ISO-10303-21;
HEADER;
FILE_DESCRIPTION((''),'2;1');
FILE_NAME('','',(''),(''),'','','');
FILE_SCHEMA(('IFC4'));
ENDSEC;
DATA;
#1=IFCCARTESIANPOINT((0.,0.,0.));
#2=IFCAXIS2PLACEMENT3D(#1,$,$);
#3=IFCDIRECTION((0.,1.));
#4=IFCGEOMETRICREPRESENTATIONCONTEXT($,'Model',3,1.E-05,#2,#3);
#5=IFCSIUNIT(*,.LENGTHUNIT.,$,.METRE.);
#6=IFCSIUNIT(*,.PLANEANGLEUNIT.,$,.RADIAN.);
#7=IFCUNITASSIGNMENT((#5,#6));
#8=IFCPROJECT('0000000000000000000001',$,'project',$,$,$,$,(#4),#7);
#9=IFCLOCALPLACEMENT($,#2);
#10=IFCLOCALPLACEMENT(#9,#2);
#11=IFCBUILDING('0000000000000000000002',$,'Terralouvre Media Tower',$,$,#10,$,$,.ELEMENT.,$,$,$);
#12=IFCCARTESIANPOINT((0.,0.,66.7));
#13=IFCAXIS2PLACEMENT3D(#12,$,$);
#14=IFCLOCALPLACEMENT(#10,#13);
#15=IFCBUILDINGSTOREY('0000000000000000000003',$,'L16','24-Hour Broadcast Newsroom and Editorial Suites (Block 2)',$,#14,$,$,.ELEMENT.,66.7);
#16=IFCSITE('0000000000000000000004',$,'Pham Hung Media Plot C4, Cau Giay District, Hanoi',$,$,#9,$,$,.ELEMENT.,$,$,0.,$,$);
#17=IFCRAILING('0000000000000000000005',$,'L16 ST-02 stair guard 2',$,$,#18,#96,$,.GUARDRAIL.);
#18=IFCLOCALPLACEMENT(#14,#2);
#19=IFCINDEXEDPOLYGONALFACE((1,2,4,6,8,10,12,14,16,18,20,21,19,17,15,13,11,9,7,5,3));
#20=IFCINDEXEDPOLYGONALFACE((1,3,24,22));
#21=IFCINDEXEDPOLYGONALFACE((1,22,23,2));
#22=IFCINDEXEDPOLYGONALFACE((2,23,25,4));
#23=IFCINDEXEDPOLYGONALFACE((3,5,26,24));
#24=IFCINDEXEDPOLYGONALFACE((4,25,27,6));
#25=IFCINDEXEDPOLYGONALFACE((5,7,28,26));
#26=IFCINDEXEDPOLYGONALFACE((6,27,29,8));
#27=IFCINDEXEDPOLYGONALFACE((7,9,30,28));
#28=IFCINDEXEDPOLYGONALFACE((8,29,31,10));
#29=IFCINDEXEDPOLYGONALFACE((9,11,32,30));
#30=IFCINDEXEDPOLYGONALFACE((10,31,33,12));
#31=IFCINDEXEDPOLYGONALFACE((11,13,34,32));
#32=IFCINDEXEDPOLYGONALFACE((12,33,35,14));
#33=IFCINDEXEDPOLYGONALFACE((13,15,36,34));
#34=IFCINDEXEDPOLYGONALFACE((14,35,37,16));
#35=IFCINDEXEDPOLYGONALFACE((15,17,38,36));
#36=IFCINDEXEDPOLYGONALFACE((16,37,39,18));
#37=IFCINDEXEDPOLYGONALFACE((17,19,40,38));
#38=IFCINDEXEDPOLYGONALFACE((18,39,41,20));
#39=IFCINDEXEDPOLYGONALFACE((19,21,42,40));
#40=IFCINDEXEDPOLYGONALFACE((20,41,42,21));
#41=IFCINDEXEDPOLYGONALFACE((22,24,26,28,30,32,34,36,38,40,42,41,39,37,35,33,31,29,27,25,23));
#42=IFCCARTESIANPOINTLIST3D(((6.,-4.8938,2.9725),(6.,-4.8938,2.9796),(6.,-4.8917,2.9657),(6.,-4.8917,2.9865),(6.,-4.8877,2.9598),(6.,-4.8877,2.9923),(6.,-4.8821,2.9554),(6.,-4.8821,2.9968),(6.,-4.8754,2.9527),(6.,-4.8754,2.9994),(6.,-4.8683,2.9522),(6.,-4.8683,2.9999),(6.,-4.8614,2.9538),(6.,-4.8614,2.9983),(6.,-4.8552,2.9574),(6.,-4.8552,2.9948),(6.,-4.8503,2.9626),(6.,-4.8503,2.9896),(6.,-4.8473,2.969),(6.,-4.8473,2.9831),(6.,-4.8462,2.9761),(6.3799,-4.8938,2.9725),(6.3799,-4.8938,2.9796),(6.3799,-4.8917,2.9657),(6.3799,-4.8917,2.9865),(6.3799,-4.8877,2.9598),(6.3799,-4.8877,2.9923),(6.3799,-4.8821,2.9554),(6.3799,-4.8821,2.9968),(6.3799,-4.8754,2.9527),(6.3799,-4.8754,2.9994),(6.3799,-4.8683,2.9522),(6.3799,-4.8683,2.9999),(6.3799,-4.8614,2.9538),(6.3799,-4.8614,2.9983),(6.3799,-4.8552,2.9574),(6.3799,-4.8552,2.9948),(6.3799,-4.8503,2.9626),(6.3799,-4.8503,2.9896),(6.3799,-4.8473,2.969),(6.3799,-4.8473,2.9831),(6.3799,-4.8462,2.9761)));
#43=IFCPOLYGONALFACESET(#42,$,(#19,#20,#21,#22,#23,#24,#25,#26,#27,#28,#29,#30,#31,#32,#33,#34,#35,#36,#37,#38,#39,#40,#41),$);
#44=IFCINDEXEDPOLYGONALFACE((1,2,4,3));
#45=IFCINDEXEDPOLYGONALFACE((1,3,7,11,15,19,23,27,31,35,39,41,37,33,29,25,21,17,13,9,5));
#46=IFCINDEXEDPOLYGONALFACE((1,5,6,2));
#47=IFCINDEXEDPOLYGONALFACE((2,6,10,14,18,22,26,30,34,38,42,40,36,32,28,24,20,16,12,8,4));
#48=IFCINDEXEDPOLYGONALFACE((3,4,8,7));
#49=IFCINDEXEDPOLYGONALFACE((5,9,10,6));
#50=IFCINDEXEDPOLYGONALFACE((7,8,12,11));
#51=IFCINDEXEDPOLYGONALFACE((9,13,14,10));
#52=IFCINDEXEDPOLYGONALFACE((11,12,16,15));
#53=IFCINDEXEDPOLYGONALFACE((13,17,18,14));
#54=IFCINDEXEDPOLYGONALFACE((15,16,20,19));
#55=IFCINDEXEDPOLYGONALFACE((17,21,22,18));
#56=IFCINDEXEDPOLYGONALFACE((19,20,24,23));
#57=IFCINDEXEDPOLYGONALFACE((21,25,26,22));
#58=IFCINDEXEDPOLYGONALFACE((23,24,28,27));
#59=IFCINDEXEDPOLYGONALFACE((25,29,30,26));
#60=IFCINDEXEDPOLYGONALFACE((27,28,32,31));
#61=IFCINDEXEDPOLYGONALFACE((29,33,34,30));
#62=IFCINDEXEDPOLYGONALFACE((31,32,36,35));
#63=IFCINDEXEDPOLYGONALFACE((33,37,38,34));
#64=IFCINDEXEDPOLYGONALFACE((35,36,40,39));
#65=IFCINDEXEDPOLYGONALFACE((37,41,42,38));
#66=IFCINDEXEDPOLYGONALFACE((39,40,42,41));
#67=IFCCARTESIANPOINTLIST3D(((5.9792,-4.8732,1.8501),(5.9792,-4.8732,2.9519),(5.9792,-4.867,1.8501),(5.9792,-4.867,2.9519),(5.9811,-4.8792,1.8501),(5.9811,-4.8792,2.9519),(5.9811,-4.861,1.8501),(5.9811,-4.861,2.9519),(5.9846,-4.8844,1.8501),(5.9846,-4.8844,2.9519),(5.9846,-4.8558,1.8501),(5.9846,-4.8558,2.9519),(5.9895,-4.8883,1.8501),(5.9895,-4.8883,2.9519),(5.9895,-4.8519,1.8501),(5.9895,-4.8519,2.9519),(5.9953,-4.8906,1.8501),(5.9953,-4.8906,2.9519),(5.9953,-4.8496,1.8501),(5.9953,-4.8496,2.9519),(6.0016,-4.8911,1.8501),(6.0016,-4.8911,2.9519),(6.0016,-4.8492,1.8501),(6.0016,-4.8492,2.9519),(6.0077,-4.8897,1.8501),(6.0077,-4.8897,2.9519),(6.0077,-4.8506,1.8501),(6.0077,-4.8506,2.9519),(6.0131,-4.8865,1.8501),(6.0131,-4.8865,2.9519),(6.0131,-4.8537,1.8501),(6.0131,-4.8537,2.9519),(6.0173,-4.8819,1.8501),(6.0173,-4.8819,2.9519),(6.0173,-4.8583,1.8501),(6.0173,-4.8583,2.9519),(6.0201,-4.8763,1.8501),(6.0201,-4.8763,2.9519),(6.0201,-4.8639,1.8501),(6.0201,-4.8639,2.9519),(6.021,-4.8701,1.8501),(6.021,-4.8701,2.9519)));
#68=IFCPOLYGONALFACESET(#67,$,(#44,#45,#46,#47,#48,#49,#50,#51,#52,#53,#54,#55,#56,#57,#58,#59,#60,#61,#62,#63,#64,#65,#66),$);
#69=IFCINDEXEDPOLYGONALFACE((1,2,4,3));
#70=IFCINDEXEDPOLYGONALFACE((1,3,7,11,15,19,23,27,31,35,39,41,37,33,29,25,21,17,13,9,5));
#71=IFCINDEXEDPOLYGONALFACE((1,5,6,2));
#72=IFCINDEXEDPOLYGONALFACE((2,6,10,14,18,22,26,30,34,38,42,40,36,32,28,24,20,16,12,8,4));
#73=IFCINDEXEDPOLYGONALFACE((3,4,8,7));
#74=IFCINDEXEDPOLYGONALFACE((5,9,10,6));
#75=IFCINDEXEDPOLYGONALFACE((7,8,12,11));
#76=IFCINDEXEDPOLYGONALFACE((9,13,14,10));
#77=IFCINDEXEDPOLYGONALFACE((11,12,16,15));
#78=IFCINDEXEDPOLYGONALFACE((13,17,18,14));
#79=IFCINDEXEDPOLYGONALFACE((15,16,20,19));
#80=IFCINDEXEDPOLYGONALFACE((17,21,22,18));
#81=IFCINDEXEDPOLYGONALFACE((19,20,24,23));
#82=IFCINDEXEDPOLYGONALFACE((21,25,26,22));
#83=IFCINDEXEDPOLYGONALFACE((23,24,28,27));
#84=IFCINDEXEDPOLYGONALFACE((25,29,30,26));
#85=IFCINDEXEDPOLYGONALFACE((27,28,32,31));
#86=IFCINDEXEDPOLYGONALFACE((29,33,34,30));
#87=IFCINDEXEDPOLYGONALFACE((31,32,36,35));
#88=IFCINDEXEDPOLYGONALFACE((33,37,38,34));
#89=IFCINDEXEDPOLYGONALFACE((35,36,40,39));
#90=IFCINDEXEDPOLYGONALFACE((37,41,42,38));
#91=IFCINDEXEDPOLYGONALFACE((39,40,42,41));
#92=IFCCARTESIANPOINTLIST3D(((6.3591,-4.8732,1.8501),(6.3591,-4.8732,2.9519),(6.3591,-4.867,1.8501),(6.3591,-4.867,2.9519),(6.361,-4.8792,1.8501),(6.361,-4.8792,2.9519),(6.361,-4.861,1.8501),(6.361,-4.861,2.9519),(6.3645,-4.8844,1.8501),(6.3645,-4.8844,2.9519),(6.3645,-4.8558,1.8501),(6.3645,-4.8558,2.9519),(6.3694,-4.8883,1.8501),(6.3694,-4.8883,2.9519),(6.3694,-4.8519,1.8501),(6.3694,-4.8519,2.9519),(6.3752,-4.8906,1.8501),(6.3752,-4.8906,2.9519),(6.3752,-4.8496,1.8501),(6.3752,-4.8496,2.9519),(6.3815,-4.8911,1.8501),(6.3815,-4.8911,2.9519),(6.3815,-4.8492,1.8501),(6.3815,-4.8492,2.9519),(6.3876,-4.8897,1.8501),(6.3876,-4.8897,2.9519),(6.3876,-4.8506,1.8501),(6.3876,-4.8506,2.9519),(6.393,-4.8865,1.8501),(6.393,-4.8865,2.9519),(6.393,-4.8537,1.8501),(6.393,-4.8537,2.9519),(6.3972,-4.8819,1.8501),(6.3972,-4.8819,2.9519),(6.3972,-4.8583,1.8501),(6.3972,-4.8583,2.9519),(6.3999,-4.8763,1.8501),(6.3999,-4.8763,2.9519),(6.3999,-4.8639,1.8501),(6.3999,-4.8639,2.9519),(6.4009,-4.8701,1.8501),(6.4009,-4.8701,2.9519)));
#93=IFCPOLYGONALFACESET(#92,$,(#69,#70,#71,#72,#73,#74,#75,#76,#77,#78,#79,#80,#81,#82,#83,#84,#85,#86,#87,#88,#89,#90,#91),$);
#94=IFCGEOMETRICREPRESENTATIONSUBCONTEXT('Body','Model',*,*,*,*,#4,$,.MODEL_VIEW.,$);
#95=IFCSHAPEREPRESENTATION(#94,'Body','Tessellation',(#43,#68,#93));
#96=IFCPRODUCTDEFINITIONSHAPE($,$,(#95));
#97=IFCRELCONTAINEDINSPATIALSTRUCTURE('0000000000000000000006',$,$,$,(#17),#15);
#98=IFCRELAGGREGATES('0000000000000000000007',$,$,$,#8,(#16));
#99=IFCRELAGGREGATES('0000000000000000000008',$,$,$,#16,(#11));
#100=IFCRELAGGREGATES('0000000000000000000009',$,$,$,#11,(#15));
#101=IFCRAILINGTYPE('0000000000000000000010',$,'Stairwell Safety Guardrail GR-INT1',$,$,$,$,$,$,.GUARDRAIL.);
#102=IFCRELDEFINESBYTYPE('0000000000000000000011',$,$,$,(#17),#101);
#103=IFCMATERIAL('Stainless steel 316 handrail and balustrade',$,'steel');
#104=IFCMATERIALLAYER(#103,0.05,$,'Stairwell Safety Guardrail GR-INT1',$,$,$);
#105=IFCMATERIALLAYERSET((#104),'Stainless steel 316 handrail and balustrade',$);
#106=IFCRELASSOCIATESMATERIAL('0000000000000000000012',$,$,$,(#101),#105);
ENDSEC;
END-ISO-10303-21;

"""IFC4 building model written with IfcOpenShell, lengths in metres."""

from ifc_helpers import new_model, si_unit, direction, frame, origin, origin_2d, place, context, subcontext, project, spatial, circle, extrude, material, layer, layer_set, type_object, element, save


model = new_model("IFC4")

# Units and contexts
model_context = context("Model", 3, precision=1e-05, world=origin(), true_north=direction((0.0, 1.0)))
body_context = subcontext(model_context, "Body", "Model", "MODEL_VIEW")
ifc_project = project(units=[si_unit("LENGTHUNIT", "METRE"), si_unit("PLANEANGLEUNIT", "RADIAN")], contexts=[model_context])

# Site, building, storey
site_placement = place(None, origin())
site = spatial("IfcSite", under=ifc_project, at=site_placement, Name="Pham Hung Media Plot C4, Cau Giay District, Hanoi", CompositionType="ELEMENT", RefElevation=0.0)
building_placement = place(site_placement, origin())
building = spatial("IfcBuilding", under=site, at=building_placement, Name="Terralouvre Media Tower", CompositionType="ELEMENT")
storey_placement = place(building_placement, frame((0.0, 0.0, 66.7)))
storey = spatial("IfcBuildingStorey", under=building, at=storey_placement, Name="L16", Description="24-Hour Broadcast Newsroom and Editorial Suites (Block 2)", CompositionType="ELEMENT", Elevation=66.7)

# Railing
ifc_material_1 = material(Name="Stainless steel 316 handrail and balustrade", Category="steel")
ifc_layer_1 = layer(ifc_material_1, 0.05, Name="Stairwell Safety Guardrail GR-INT1")
ifc_layer_set_1 = layer_set([ifc_layer_1], Name="Stainless steel 316 handrail and balustrade")
railing_type_1 = type_object("IfcRailingType", Name="Stairwell Safety Guardrail GR-INT1", PredefinedType="GUARDRAIL", material=ifc_layer_set_1)
railing_1_placement = place(storey_placement, frame((6.0, -4.8701, 1.8501)))
element("IfcRailing", 1, at=railing_1_placement, inside=storey, type_object=railing_type_1, Name="L16 ST-02 stair guard 2", PredefinedType="GUARDRAIL", context=body_context, shape_type="SweptSolid", body=[
    extrude(circle(Radius=0.0239, at=origin_2d()), frame((0.0, 0.0, 1.126), z_axis=(1.0, 0.0, 0.0), x_axis=(0.0, 1.0, 0.0)), (0.0, 0.0, 1.0), 0.3799),
    extrude(circle(Radius=0.021, at=origin_2d()), origin(), (0.0, 0.0, 1.0), 1.1018),
    extrude(circle(Radius=0.021, at=origin_2d()), frame((0.3799, 0.0, 0.0)), (0.0, 0.0, 1.0), 1.1018),
])

save(model, "model.ifc")
